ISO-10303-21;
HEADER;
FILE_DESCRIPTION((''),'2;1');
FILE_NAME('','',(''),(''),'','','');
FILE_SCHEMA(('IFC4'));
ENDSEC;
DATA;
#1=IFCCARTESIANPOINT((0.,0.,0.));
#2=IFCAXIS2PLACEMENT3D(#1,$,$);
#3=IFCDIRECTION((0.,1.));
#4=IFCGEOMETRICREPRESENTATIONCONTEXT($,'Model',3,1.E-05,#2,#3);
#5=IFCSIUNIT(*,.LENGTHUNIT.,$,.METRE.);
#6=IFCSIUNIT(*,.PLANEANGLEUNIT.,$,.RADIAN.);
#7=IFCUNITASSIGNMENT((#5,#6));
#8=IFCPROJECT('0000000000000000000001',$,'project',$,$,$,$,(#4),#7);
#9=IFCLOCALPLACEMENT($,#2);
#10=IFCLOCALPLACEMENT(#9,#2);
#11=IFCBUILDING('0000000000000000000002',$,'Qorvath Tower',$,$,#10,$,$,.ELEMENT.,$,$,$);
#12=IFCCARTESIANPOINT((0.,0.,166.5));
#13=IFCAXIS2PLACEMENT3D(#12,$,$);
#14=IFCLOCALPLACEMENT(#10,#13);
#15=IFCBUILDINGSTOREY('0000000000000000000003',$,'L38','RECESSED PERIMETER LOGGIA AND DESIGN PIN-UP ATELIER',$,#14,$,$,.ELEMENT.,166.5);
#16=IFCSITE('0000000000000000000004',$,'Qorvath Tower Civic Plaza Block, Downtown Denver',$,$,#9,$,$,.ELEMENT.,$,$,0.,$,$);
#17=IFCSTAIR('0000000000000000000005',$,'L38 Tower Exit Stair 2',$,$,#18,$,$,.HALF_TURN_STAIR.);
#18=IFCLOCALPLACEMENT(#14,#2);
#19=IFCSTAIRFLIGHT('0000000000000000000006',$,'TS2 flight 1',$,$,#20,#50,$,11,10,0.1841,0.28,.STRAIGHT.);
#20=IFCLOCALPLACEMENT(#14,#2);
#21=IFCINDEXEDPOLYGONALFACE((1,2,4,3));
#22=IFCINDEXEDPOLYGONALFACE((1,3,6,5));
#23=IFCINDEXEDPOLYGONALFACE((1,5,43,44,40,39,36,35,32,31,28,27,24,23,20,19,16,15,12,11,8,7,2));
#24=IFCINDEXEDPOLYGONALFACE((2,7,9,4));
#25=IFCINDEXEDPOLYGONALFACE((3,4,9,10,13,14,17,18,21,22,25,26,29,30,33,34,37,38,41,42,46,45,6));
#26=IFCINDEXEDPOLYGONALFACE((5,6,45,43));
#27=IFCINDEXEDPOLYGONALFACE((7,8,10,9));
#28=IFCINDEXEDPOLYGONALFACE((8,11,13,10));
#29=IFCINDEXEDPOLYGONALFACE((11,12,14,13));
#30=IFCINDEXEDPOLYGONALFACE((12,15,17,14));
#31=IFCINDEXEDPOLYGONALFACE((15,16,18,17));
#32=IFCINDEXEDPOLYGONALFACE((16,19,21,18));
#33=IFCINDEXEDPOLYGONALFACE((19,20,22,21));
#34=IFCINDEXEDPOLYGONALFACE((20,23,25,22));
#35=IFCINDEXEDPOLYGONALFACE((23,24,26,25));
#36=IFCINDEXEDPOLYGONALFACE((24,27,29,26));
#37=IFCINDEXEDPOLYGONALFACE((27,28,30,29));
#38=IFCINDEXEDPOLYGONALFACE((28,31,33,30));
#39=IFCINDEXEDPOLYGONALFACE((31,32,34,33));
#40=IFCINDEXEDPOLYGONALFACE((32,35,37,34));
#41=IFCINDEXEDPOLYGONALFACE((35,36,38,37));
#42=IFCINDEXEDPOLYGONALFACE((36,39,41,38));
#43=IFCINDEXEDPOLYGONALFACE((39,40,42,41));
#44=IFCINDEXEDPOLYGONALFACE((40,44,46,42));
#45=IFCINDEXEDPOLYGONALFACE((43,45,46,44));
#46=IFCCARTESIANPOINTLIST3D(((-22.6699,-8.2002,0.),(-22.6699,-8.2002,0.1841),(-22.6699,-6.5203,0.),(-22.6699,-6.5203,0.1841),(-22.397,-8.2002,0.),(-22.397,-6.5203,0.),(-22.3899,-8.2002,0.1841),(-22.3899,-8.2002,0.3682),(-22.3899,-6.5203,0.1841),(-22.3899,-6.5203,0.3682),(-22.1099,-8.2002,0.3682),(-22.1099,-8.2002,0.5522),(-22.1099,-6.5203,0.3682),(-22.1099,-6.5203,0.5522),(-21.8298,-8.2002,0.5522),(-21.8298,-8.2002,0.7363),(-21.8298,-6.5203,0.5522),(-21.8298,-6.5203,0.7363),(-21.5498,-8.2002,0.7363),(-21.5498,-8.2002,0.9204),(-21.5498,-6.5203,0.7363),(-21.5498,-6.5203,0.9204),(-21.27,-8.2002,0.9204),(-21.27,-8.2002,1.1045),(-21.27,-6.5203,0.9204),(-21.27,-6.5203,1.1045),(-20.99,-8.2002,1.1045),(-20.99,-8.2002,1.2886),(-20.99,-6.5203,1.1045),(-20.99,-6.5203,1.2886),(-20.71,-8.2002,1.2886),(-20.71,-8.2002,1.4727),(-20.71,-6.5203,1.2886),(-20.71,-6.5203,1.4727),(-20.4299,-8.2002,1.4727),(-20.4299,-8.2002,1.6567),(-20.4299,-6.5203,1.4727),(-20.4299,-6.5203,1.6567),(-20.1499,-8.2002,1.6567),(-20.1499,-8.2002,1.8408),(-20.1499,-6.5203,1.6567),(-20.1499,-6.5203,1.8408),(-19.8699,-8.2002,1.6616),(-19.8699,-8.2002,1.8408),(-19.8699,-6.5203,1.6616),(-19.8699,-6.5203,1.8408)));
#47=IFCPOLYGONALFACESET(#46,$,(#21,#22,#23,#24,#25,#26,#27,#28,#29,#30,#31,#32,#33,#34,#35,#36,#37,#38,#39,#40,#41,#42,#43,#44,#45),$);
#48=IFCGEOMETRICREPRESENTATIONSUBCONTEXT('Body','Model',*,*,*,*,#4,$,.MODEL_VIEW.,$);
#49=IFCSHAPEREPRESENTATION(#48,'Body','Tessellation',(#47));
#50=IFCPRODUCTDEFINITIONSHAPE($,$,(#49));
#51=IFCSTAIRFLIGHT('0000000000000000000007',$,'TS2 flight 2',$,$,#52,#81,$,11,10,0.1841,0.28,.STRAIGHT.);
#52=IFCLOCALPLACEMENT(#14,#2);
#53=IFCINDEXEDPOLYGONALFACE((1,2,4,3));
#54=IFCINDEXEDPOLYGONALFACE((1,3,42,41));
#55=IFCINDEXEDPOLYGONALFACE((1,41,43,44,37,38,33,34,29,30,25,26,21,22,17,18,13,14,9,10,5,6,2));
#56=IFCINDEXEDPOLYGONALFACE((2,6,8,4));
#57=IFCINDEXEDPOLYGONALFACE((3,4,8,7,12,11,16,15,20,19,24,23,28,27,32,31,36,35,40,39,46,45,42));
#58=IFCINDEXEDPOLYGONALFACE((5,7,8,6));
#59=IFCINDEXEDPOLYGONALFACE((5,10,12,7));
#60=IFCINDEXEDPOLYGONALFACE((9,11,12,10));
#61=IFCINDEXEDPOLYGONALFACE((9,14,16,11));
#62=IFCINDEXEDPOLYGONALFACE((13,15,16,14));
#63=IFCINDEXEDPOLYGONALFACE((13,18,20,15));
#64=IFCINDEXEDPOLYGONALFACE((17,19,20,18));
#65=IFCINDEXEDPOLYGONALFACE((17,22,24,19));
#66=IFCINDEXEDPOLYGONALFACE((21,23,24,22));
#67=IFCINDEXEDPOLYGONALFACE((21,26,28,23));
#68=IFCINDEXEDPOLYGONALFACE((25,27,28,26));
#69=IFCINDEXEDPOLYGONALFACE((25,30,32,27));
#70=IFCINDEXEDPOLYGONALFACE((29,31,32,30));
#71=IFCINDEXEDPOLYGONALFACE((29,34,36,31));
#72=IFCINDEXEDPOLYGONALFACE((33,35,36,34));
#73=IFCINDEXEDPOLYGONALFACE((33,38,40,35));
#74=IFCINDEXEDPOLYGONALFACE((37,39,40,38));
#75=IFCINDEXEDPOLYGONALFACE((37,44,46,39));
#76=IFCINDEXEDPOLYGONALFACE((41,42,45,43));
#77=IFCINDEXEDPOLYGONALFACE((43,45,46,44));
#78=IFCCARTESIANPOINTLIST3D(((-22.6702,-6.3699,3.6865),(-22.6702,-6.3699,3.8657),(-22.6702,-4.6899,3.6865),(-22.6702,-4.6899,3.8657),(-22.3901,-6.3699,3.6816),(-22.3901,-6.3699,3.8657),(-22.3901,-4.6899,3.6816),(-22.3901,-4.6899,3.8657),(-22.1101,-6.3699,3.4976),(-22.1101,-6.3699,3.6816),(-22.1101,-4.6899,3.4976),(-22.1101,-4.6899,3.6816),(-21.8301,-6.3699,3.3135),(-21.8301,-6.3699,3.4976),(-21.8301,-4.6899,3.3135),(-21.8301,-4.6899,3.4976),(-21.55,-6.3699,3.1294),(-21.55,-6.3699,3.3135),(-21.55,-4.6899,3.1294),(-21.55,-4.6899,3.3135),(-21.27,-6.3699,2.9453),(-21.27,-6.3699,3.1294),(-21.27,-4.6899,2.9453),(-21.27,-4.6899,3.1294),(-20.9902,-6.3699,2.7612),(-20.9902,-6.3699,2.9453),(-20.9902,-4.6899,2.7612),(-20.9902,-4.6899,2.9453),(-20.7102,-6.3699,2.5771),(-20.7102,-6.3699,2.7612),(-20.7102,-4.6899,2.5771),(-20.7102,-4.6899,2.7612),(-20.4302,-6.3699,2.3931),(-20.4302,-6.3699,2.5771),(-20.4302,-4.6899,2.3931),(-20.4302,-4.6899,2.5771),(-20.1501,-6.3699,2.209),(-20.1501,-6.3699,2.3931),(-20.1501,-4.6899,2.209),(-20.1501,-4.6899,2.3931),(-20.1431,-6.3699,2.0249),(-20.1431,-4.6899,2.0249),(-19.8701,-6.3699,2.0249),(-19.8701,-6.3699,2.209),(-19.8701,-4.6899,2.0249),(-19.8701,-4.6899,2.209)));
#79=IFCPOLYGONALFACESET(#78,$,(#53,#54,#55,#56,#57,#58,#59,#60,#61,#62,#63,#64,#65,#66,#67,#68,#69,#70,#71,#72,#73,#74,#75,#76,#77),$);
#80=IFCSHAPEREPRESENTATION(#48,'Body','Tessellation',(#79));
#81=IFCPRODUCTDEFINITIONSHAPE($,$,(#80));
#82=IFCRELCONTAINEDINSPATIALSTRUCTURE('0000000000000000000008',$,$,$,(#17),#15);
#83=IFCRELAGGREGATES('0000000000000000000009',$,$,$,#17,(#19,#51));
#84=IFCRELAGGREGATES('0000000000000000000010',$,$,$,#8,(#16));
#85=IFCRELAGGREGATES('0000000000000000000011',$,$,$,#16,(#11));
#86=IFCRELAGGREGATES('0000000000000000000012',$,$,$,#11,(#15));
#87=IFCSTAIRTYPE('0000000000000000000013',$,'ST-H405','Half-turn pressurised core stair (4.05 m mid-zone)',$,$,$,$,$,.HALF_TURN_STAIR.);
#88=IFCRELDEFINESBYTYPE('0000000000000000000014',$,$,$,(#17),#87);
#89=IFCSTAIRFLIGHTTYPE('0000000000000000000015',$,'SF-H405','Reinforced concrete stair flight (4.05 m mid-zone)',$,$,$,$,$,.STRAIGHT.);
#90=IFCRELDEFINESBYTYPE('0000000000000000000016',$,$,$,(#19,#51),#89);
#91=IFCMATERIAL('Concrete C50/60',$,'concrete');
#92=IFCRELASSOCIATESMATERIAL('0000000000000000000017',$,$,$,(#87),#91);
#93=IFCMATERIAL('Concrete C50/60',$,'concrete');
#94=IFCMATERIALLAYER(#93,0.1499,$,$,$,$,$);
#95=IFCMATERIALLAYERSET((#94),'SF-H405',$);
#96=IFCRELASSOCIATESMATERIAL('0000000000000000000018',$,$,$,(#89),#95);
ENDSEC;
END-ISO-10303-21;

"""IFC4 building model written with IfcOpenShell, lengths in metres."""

from ifc_helpers import new_model, si_unit, direction, frame, origin, place, context, subcontext, project, spatial, polyline, outline, extrude, material, layer, layer_set, type_object, element, aggregate, save


model = new_model("IFC4")

# Units and contexts
model_context = context("Model", 3, precision=1e-05, world=origin(), true_north=direction((0.0, 1.0)))
body_context = subcontext(model_context, "Body", "Model", "MODEL_VIEW")
ifc_project = project(units=[si_unit("LENGTHUNIT", "METRE"), si_unit("PLANEANGLEUNIT", "RADIAN")], contexts=[model_context])

# Site, building, storey
site_placement = place(None, origin())
site = spatial("IfcSite", under=ifc_project, at=site_placement, Name="Qorvath Tower Civic Plaza Block, Downtown Denver", CompositionType="ELEMENT", RefElevation=0.0)
building_placement = place(site_placement, origin())
building = spatial("IfcBuilding", under=site, at=building_placement, Name="Qorvath Tower", CompositionType="ELEMENT")
storey_placement = place(building_placement, frame((0.0, 0.0, 166.5)))
storey = spatial("IfcBuildingStorey", under=building, at=storey_placement, Name="L38", Description="RECESSED PERIMETER LOGGIA AND DESIGN PIN-UP ATELIER", CompositionType="ELEMENT", Elevation=166.5)

# Stair, stair flights
ifc_material_1 = material(Name="Concrete C50/60", Category="concrete")
stair_type = type_object("IfcStairType", Name="ST-H405", Description="Half-turn pressurised core stair (4.05 m mid-zone)", PredefinedType="HALF_TURN_STAIR", material=ifc_material_1)
stair_placement = place(storey_placement, origin())
stair = element("IfcStair", 1, at=stair_placement, inside=storey, type_object=stair_type, Name="L38 Tower Exit Stair 2", PredefinedType="HALF_TURN_STAIR")
ifc_material_2 = material(Name="Concrete C50/60", Category="concrete")
ifc_layer_1 = layer(ifc_material_2, 0.1499)
ifc_layer_set_1 = layer_set([ifc_layer_1], Name="SF-H405")
stair_flight_type = type_object("IfcStairFlightType", Name="SF-H405", Description="Reinforced concrete stair flight (4.05 m mid-zone)", PredefinedType="STRAIGHT", material=ifc_layer_set_1)
stair_flight_1_placement = place(storey_placement, frame((-22.6699, -7.3601, 0.0), z_axis=(0.0, 0.0, 1.0), x_axis=(1.0, 0.0, 0.0)))
stair_flight_1 = element("IfcStairFlight", 2, at=stair_flight_1_placement, type_object=stair_flight_type, Name="TS2 flight 1", NumberOfRisers=11, NumberOfTreads=10, PredefinedType="STRAIGHT", RiserHeight=0.1841, TreadLength=0.28, context=body_context, shape_type="SweptSolid", body=[
    extrude(outline(polyline([(0.0, 0.0), (0.0, 0.1841), (0.28, 0.1841), (0.28, 0.3682), (0.5601, 0.3682), (0.5601, 0.5522), (0.8401, 0.5522), (0.8401, 0.7363), (1.1201, 0.7363), (1.1201, 0.9204), (1.3999, 0.9204), (1.3999, 1.1045), (1.6799, 1.1045), (1.6799, 1.2886), (1.96, 1.2886), (1.96, 1.4727), (2.24, 1.4727), (2.24, 1.6567), (2.52, 1.6567), (2.52, 1.8408), (2.8, 1.8408), (2.8, 2.0249), (2.8, 1.6616), (0.2729, 0.0), (0.0, 0.0)])), frame((0.0, 0.8398, 0.0), z_axis=(0.0, -1.0, 0.0), x_axis=(1.0, 0.0, 0.0)), (0.0, 0.0, 1.0), 1.6799),
])
stair_flight_2_placement = place(storey_placement, frame((-19.8701, -5.53, 2.0249), z_axis=(0.0, 0.0, 1.0), x_axis=(-1.0, 0.0, 0.0)))
stair_flight_2 = element("IfcStairFlight", 3, at=stair_flight_2_placement, type_object=stair_flight_type, Name="TS2 flight 2", NumberOfRisers=11, NumberOfTreads=10, PredefinedType="STRAIGHT", RiserHeight=0.1841, TreadLength=0.28, context=body_context, shape_type="SweptSolid", body=[
    extrude(outline(polyline([(0.0, 0.0), (0.0, 0.1841), (0.28, 0.1841), (0.28, 0.3682), (0.5601, 0.3682), (0.5601, 0.5522), (0.8401, 0.5522), (0.8401, 0.7363), (1.1201, 0.7363), (1.1201, 0.9204), (1.3999, 0.9204), (1.3999, 1.1045), (1.6799, 1.1045), (1.6799, 1.2886), (1.96, 1.2886), (1.96, 1.4727), (2.24, 1.4727), (2.24, 1.6567), (2.52, 1.6567), (2.52, 1.8408), (2.8, 1.8408), (2.8, 2.0249), (2.8, 1.6616), (0.2729, 0.0), (0.0, 0.0)])), frame((0.0, 0.8398, 0.0), z_axis=(0.0, -1.0, 0.0), x_axis=(1.0, 0.0, 0.0)), (0.0, 0.0, 1.0), 1.6799),
])
aggregate(stair, [stair_flight_1, stair_flight_2])

save(model, "model.ifc")
